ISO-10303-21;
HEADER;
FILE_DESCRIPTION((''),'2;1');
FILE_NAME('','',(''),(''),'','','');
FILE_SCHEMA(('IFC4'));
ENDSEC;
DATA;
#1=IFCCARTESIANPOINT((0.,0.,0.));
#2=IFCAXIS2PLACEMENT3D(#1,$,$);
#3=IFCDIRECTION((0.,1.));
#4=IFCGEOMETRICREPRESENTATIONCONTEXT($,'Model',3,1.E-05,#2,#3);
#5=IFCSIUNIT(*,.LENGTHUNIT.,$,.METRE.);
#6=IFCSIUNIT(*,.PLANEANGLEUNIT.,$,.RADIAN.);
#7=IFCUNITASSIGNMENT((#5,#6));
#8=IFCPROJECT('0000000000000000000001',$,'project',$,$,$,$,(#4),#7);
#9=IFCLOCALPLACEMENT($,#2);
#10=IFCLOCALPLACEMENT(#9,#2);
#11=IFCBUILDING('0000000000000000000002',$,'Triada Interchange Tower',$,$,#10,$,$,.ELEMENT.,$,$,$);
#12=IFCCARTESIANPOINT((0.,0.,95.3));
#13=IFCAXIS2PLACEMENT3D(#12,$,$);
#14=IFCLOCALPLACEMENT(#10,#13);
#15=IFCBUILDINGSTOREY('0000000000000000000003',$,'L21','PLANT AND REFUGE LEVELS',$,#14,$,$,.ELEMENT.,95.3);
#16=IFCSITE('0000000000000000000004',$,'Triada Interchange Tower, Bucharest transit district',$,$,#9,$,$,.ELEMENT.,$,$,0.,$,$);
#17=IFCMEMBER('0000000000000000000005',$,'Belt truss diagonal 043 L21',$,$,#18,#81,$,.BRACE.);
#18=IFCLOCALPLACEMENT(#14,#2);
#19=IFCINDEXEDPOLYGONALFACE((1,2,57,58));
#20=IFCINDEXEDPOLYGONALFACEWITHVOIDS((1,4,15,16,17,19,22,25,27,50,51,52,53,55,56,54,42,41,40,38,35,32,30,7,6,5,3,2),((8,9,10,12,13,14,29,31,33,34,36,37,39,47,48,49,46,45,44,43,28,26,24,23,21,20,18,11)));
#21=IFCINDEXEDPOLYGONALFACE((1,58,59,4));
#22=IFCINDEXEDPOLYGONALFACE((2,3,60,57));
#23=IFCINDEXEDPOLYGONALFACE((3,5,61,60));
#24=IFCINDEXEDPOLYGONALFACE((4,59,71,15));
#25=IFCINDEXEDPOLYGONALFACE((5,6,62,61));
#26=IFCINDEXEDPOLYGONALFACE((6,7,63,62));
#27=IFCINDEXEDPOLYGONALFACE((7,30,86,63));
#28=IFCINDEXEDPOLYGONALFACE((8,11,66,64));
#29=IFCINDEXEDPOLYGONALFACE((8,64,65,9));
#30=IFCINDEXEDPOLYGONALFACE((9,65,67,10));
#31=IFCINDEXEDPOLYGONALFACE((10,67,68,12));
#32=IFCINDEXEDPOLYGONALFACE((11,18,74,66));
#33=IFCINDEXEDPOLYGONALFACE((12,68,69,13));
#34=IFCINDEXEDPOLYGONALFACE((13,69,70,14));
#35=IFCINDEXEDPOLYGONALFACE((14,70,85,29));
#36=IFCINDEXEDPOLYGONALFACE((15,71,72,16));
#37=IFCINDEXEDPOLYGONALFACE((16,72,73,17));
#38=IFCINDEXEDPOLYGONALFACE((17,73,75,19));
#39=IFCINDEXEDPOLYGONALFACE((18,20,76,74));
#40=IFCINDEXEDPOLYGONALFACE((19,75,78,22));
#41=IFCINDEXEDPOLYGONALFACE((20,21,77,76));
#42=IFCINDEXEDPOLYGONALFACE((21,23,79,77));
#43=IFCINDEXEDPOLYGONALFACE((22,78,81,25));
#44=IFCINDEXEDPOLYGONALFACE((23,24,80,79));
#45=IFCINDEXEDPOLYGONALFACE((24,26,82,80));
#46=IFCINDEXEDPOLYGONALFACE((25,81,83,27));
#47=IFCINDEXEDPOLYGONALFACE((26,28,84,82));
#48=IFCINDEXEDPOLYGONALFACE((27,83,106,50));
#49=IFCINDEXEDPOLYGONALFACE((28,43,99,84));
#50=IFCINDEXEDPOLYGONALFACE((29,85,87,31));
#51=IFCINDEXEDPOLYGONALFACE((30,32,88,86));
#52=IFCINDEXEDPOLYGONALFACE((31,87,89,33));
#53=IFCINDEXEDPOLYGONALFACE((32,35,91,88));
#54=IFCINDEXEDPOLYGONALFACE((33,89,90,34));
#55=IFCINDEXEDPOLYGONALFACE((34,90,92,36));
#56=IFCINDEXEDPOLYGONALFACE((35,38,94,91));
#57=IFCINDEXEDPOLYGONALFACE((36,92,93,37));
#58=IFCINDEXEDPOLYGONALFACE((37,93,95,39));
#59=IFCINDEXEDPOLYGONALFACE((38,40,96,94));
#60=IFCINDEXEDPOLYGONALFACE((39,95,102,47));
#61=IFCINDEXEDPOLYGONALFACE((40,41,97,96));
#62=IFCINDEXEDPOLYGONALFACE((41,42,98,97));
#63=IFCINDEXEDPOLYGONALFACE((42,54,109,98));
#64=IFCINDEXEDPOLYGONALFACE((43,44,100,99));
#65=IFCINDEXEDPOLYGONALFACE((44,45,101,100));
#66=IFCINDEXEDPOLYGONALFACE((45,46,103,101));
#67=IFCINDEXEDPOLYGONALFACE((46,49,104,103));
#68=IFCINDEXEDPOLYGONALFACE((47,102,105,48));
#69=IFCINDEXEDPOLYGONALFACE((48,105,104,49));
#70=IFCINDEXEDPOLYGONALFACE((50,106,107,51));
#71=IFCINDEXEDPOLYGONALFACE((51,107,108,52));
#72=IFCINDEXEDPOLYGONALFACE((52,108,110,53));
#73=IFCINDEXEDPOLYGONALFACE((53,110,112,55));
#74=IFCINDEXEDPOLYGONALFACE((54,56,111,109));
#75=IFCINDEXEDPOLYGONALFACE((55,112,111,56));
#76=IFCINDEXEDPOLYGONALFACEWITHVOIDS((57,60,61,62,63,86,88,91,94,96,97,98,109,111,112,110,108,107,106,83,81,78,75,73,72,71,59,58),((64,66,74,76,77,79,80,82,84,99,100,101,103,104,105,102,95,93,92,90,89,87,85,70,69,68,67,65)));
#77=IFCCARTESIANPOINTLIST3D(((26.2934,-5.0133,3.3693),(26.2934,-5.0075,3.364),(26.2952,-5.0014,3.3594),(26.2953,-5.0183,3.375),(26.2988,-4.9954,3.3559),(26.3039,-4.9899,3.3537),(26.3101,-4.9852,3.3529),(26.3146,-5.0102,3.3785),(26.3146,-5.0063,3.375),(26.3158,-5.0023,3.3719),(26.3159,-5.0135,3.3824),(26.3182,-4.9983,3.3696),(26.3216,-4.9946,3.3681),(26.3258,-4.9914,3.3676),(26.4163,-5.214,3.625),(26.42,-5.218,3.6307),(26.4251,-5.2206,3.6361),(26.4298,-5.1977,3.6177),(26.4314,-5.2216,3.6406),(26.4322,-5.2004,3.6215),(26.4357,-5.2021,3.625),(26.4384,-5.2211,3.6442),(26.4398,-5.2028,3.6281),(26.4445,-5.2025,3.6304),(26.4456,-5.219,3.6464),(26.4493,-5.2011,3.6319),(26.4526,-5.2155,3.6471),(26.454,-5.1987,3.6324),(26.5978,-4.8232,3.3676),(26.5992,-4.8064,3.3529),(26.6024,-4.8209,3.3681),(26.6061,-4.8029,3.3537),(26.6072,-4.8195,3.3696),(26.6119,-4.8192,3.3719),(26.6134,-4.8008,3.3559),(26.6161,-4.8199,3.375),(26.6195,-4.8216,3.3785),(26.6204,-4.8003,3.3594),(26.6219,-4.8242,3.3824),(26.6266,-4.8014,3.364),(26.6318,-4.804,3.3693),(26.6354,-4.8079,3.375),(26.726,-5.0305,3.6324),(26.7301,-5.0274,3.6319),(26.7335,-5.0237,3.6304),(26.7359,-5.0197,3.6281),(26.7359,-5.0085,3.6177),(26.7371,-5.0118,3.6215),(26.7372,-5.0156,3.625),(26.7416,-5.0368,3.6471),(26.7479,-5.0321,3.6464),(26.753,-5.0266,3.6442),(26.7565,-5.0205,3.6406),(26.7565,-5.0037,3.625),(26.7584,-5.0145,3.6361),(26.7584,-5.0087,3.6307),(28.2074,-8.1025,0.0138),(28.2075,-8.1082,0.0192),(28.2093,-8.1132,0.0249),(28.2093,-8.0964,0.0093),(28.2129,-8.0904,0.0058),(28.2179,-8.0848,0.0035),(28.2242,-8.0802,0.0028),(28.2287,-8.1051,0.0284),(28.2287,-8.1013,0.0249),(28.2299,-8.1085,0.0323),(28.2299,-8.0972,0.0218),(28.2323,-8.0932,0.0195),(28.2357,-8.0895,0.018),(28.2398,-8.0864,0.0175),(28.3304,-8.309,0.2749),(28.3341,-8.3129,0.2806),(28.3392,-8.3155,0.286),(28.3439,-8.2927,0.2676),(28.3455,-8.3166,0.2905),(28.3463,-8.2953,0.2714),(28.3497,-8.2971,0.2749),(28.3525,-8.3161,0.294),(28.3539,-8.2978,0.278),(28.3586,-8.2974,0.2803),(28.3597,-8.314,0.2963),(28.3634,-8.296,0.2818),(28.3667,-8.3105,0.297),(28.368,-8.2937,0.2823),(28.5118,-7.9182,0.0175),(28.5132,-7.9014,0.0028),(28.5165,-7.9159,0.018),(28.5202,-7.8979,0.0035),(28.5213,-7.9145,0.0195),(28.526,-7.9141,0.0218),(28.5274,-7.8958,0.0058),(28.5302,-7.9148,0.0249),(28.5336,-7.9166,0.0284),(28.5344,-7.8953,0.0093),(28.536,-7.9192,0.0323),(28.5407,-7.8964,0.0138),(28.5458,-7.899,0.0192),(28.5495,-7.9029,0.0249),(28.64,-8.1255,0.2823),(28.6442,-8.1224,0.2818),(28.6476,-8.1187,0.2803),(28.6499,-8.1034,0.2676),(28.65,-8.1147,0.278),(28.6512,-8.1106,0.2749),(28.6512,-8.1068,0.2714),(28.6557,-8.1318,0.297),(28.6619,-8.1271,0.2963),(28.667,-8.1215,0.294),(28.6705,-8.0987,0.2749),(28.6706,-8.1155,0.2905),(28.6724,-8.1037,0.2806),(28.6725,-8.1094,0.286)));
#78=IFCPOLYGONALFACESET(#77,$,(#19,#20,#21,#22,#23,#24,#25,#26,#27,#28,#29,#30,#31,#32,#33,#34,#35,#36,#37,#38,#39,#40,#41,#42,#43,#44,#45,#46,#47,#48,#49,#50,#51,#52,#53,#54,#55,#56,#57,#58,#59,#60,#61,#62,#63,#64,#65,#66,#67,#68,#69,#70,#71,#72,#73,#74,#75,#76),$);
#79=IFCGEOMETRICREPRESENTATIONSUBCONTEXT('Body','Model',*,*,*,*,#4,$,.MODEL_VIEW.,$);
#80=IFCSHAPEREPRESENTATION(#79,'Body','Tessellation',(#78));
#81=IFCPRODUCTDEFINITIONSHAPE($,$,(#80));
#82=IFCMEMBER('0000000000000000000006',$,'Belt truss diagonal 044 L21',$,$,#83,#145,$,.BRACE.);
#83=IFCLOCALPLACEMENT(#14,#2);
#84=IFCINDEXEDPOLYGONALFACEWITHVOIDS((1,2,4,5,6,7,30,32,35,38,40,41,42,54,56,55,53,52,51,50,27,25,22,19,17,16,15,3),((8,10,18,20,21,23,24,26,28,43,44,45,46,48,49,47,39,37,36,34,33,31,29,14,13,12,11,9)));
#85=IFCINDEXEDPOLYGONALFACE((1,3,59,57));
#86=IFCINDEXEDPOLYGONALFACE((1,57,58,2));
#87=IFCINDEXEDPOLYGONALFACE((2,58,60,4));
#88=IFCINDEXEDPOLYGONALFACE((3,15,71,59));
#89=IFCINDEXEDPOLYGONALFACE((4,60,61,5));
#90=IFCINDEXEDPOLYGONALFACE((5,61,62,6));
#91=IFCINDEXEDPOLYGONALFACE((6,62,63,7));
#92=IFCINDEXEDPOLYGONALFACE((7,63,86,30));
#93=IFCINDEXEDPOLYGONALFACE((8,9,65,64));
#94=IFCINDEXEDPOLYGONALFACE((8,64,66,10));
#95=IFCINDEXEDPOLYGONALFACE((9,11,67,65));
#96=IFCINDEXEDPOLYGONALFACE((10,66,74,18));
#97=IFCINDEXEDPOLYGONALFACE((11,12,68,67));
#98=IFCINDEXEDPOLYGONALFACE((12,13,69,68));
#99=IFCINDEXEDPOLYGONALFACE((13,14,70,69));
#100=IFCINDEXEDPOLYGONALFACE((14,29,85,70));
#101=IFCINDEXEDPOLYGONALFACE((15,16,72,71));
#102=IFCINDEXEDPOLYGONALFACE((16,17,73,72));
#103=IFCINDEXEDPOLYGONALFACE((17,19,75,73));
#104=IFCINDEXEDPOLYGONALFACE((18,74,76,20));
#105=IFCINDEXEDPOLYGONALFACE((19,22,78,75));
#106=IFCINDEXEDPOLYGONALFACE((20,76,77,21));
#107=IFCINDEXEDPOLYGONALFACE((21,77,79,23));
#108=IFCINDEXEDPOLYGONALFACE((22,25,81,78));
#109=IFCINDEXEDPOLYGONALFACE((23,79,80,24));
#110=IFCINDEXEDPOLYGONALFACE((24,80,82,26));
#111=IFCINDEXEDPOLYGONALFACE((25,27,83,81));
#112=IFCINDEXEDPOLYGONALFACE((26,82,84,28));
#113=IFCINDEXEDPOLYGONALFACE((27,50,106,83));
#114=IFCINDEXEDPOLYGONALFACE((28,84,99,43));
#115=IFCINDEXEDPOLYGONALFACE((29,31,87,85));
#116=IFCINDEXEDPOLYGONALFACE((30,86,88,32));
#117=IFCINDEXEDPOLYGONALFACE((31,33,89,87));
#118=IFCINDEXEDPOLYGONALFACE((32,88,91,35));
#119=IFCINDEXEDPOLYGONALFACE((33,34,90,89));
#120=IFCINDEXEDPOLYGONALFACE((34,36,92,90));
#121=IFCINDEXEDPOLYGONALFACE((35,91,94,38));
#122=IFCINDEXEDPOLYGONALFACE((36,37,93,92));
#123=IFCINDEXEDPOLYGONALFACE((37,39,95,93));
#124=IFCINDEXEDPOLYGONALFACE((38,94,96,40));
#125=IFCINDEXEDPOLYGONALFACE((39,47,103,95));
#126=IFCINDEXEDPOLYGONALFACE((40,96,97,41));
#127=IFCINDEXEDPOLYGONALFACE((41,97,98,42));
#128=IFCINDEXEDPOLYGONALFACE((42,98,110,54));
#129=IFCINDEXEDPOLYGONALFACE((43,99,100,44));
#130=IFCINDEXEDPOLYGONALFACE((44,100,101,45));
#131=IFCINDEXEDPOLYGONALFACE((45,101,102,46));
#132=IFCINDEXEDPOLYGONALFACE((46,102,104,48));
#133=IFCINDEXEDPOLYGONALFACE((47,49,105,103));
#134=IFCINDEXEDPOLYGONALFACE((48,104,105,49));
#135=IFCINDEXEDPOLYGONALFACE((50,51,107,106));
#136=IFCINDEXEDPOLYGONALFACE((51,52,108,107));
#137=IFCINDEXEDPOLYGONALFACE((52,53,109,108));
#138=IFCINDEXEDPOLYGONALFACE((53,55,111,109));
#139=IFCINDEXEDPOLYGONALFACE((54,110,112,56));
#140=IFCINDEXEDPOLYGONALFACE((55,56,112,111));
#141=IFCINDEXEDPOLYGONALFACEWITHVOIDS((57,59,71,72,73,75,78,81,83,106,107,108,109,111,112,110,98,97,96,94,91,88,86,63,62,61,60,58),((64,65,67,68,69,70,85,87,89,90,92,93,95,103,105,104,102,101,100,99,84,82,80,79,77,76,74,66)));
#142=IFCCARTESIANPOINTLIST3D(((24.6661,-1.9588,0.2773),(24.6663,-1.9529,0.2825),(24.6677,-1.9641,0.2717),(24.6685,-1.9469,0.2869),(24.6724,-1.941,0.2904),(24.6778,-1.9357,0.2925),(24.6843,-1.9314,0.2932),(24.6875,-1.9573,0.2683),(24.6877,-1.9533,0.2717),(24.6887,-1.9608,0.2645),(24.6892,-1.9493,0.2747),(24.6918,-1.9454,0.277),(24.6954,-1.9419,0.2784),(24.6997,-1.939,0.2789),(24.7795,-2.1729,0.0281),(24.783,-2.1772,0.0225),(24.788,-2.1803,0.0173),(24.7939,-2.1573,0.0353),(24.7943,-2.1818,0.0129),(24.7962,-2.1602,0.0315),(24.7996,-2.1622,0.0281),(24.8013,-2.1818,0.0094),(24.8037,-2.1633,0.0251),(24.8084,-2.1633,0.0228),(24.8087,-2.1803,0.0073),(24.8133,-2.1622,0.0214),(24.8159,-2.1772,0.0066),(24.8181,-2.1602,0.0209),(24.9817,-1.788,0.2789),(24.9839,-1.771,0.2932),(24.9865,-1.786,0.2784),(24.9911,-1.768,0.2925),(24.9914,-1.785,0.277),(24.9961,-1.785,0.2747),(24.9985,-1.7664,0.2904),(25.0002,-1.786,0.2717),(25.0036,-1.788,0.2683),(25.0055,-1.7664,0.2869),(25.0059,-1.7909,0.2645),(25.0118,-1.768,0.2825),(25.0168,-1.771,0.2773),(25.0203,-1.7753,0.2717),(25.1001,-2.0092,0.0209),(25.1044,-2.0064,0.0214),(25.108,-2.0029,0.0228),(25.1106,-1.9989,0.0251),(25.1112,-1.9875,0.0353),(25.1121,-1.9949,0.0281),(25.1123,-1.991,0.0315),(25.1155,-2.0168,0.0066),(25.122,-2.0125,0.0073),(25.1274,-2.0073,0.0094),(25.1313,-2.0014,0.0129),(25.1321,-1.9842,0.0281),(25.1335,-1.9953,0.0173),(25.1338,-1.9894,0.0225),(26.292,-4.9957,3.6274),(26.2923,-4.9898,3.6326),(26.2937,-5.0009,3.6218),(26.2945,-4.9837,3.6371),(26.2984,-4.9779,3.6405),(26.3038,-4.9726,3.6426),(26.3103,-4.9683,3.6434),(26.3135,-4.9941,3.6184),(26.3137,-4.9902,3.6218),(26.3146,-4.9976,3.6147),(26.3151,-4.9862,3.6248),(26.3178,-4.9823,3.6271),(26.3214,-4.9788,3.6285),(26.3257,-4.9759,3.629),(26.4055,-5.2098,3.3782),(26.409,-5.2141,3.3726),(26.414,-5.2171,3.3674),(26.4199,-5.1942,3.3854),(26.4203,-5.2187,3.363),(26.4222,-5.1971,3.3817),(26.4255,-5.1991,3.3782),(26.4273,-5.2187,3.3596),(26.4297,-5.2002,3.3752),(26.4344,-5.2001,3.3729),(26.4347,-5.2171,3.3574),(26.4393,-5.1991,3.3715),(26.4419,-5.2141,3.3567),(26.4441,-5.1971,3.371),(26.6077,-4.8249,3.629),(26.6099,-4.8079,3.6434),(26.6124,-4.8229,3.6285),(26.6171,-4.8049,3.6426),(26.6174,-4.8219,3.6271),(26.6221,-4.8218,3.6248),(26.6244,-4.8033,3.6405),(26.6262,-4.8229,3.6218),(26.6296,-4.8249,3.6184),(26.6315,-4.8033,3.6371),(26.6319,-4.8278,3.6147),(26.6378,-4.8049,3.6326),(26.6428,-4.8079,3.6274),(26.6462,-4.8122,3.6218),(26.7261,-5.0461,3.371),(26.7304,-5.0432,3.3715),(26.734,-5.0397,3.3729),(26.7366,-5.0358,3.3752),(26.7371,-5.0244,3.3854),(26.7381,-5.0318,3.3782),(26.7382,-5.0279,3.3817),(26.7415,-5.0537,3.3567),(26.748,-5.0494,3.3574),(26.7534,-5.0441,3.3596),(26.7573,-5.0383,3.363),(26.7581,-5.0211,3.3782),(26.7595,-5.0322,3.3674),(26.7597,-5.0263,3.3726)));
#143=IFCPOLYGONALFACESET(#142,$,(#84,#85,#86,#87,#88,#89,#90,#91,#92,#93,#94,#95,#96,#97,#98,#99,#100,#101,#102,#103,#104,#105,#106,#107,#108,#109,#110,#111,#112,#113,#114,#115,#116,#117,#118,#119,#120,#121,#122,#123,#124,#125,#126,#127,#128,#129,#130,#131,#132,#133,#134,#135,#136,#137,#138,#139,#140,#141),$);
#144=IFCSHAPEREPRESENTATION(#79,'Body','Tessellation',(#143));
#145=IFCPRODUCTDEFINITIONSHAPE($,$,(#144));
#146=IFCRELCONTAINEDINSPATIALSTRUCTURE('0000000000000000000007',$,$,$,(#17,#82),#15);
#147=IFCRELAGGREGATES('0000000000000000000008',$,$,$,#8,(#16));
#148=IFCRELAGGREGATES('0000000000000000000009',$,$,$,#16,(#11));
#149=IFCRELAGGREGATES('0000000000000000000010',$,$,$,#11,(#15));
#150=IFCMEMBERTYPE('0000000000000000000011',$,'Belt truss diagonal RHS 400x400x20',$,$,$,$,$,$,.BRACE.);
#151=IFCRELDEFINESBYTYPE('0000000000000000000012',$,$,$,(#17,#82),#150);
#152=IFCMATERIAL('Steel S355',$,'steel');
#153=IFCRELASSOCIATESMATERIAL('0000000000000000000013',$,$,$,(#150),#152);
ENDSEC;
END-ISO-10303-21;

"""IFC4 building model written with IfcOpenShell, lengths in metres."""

from ifc_helpers import new_model, si_unit, direction, frame, origin, origin_2d, place, context, subcontext, project, spatial, hollow_rectangle, extrude, material, material_profile, profile_set, type_object, element, save


model = new_model("IFC4")

# Units and contexts
model_context = context("Model", 3, precision=1e-05, world=origin(), true_north=direction((0.0, 1.0)))
body_context = subcontext(model_context, "Body", "Model", "MODEL_VIEW")
ifc_project = project(units=[si_unit("LENGTHUNIT", "METRE"), si_unit("PLANEANGLEUNIT", "RADIAN")], contexts=[model_context])

# Site, building, storey
site_placement = place(None, origin())
site = spatial("IfcSite", under=ifc_project, at=site_placement, Name="Triada Interchange Tower, Bucharest transit district", CompositionType="ELEMENT", RefElevation=0.0)
building_placement = place(site_placement, origin())
building = spatial("IfcBuilding", under=site, at=building_placement, Name="Triada Interchange Tower", CompositionType="ELEMENT")
storey_placement = place(building_placement, frame((0.0, 0.0, 95.3)))
storey = spatial("IfcBuildingStorey", under=building, at=storey_placement, Name="L21", Description="PLANT AND REFUGE LEVELS", CompositionType="ELEMENT", Elevation=95.3)

# Members
ifc_material_1 = material(Name="Steel S355", Category="steel")
ifc_material_profile_1 = material_profile(ifc_material_1, hollow_rectangle(XDim=0.3999, YDim=0.3999, WallThickness=0.02, InnerFilletRadius=0.02, OuterFilletRadius=0.03, at=origin_2d()), Name="RHS 400x400x20")
ifc_profile_set_1 = profile_set([ifc_material_profile_1], Name="Steel S355")
member_type_1 = type_object("IfcMemberType", Name="Belt truss diagonal RHS 400x400x20", PredefinedType="BRACE", material=ifc_profile_set_1)
member_1_placement = place(storey_placement, frame((28.4399, -8.106, 0.1499), z_axis=(-0.386971, 0.625718, 0.677297), x_axis=(-0.850495, -0.525983, 0.0)))
element("IfcMember", 1, at=member_1_placement, inside=storey, type_object=member_type_1, Name="Belt truss diagonal 043 L21", PredefinedType="BRACE", context=body_context, shape_type="SweptSolid", body=[
    extrude(hollow_rectangle(XDim=0.3999, YDim=0.3999, WallThickness=0.02, InnerFilletRadius=0.02, OuterFilletRadius=0.03, at=origin_2d()), origin(), (0.0, 0.0, 1.0), 4.9463),
])
member_2_placement = place(storey_placement, frame((24.8999, -1.9741, 0.1499), z_axis=(0.338382, -0.632002, 0.697188), x_axis=(0.881591, 0.472015, 0.0)))
element("IfcMember", 2, at=member_2_placement, inside=storey, type_object=member_type_1, Name="Belt truss diagonal 044 L21", PredefinedType="BRACE", context=body_context, shape_type="SweptSolid", body=[
    extrude(hollow_rectangle(XDim=0.3999, YDim=0.3999, WallThickness=0.02, InnerFilletRadius=0.02, OuterFilletRadius=0.03, at=origin_2d()), origin(), (0.0, 0.0, 1.0), 4.8052),
])

save(model, "model.ifc")
